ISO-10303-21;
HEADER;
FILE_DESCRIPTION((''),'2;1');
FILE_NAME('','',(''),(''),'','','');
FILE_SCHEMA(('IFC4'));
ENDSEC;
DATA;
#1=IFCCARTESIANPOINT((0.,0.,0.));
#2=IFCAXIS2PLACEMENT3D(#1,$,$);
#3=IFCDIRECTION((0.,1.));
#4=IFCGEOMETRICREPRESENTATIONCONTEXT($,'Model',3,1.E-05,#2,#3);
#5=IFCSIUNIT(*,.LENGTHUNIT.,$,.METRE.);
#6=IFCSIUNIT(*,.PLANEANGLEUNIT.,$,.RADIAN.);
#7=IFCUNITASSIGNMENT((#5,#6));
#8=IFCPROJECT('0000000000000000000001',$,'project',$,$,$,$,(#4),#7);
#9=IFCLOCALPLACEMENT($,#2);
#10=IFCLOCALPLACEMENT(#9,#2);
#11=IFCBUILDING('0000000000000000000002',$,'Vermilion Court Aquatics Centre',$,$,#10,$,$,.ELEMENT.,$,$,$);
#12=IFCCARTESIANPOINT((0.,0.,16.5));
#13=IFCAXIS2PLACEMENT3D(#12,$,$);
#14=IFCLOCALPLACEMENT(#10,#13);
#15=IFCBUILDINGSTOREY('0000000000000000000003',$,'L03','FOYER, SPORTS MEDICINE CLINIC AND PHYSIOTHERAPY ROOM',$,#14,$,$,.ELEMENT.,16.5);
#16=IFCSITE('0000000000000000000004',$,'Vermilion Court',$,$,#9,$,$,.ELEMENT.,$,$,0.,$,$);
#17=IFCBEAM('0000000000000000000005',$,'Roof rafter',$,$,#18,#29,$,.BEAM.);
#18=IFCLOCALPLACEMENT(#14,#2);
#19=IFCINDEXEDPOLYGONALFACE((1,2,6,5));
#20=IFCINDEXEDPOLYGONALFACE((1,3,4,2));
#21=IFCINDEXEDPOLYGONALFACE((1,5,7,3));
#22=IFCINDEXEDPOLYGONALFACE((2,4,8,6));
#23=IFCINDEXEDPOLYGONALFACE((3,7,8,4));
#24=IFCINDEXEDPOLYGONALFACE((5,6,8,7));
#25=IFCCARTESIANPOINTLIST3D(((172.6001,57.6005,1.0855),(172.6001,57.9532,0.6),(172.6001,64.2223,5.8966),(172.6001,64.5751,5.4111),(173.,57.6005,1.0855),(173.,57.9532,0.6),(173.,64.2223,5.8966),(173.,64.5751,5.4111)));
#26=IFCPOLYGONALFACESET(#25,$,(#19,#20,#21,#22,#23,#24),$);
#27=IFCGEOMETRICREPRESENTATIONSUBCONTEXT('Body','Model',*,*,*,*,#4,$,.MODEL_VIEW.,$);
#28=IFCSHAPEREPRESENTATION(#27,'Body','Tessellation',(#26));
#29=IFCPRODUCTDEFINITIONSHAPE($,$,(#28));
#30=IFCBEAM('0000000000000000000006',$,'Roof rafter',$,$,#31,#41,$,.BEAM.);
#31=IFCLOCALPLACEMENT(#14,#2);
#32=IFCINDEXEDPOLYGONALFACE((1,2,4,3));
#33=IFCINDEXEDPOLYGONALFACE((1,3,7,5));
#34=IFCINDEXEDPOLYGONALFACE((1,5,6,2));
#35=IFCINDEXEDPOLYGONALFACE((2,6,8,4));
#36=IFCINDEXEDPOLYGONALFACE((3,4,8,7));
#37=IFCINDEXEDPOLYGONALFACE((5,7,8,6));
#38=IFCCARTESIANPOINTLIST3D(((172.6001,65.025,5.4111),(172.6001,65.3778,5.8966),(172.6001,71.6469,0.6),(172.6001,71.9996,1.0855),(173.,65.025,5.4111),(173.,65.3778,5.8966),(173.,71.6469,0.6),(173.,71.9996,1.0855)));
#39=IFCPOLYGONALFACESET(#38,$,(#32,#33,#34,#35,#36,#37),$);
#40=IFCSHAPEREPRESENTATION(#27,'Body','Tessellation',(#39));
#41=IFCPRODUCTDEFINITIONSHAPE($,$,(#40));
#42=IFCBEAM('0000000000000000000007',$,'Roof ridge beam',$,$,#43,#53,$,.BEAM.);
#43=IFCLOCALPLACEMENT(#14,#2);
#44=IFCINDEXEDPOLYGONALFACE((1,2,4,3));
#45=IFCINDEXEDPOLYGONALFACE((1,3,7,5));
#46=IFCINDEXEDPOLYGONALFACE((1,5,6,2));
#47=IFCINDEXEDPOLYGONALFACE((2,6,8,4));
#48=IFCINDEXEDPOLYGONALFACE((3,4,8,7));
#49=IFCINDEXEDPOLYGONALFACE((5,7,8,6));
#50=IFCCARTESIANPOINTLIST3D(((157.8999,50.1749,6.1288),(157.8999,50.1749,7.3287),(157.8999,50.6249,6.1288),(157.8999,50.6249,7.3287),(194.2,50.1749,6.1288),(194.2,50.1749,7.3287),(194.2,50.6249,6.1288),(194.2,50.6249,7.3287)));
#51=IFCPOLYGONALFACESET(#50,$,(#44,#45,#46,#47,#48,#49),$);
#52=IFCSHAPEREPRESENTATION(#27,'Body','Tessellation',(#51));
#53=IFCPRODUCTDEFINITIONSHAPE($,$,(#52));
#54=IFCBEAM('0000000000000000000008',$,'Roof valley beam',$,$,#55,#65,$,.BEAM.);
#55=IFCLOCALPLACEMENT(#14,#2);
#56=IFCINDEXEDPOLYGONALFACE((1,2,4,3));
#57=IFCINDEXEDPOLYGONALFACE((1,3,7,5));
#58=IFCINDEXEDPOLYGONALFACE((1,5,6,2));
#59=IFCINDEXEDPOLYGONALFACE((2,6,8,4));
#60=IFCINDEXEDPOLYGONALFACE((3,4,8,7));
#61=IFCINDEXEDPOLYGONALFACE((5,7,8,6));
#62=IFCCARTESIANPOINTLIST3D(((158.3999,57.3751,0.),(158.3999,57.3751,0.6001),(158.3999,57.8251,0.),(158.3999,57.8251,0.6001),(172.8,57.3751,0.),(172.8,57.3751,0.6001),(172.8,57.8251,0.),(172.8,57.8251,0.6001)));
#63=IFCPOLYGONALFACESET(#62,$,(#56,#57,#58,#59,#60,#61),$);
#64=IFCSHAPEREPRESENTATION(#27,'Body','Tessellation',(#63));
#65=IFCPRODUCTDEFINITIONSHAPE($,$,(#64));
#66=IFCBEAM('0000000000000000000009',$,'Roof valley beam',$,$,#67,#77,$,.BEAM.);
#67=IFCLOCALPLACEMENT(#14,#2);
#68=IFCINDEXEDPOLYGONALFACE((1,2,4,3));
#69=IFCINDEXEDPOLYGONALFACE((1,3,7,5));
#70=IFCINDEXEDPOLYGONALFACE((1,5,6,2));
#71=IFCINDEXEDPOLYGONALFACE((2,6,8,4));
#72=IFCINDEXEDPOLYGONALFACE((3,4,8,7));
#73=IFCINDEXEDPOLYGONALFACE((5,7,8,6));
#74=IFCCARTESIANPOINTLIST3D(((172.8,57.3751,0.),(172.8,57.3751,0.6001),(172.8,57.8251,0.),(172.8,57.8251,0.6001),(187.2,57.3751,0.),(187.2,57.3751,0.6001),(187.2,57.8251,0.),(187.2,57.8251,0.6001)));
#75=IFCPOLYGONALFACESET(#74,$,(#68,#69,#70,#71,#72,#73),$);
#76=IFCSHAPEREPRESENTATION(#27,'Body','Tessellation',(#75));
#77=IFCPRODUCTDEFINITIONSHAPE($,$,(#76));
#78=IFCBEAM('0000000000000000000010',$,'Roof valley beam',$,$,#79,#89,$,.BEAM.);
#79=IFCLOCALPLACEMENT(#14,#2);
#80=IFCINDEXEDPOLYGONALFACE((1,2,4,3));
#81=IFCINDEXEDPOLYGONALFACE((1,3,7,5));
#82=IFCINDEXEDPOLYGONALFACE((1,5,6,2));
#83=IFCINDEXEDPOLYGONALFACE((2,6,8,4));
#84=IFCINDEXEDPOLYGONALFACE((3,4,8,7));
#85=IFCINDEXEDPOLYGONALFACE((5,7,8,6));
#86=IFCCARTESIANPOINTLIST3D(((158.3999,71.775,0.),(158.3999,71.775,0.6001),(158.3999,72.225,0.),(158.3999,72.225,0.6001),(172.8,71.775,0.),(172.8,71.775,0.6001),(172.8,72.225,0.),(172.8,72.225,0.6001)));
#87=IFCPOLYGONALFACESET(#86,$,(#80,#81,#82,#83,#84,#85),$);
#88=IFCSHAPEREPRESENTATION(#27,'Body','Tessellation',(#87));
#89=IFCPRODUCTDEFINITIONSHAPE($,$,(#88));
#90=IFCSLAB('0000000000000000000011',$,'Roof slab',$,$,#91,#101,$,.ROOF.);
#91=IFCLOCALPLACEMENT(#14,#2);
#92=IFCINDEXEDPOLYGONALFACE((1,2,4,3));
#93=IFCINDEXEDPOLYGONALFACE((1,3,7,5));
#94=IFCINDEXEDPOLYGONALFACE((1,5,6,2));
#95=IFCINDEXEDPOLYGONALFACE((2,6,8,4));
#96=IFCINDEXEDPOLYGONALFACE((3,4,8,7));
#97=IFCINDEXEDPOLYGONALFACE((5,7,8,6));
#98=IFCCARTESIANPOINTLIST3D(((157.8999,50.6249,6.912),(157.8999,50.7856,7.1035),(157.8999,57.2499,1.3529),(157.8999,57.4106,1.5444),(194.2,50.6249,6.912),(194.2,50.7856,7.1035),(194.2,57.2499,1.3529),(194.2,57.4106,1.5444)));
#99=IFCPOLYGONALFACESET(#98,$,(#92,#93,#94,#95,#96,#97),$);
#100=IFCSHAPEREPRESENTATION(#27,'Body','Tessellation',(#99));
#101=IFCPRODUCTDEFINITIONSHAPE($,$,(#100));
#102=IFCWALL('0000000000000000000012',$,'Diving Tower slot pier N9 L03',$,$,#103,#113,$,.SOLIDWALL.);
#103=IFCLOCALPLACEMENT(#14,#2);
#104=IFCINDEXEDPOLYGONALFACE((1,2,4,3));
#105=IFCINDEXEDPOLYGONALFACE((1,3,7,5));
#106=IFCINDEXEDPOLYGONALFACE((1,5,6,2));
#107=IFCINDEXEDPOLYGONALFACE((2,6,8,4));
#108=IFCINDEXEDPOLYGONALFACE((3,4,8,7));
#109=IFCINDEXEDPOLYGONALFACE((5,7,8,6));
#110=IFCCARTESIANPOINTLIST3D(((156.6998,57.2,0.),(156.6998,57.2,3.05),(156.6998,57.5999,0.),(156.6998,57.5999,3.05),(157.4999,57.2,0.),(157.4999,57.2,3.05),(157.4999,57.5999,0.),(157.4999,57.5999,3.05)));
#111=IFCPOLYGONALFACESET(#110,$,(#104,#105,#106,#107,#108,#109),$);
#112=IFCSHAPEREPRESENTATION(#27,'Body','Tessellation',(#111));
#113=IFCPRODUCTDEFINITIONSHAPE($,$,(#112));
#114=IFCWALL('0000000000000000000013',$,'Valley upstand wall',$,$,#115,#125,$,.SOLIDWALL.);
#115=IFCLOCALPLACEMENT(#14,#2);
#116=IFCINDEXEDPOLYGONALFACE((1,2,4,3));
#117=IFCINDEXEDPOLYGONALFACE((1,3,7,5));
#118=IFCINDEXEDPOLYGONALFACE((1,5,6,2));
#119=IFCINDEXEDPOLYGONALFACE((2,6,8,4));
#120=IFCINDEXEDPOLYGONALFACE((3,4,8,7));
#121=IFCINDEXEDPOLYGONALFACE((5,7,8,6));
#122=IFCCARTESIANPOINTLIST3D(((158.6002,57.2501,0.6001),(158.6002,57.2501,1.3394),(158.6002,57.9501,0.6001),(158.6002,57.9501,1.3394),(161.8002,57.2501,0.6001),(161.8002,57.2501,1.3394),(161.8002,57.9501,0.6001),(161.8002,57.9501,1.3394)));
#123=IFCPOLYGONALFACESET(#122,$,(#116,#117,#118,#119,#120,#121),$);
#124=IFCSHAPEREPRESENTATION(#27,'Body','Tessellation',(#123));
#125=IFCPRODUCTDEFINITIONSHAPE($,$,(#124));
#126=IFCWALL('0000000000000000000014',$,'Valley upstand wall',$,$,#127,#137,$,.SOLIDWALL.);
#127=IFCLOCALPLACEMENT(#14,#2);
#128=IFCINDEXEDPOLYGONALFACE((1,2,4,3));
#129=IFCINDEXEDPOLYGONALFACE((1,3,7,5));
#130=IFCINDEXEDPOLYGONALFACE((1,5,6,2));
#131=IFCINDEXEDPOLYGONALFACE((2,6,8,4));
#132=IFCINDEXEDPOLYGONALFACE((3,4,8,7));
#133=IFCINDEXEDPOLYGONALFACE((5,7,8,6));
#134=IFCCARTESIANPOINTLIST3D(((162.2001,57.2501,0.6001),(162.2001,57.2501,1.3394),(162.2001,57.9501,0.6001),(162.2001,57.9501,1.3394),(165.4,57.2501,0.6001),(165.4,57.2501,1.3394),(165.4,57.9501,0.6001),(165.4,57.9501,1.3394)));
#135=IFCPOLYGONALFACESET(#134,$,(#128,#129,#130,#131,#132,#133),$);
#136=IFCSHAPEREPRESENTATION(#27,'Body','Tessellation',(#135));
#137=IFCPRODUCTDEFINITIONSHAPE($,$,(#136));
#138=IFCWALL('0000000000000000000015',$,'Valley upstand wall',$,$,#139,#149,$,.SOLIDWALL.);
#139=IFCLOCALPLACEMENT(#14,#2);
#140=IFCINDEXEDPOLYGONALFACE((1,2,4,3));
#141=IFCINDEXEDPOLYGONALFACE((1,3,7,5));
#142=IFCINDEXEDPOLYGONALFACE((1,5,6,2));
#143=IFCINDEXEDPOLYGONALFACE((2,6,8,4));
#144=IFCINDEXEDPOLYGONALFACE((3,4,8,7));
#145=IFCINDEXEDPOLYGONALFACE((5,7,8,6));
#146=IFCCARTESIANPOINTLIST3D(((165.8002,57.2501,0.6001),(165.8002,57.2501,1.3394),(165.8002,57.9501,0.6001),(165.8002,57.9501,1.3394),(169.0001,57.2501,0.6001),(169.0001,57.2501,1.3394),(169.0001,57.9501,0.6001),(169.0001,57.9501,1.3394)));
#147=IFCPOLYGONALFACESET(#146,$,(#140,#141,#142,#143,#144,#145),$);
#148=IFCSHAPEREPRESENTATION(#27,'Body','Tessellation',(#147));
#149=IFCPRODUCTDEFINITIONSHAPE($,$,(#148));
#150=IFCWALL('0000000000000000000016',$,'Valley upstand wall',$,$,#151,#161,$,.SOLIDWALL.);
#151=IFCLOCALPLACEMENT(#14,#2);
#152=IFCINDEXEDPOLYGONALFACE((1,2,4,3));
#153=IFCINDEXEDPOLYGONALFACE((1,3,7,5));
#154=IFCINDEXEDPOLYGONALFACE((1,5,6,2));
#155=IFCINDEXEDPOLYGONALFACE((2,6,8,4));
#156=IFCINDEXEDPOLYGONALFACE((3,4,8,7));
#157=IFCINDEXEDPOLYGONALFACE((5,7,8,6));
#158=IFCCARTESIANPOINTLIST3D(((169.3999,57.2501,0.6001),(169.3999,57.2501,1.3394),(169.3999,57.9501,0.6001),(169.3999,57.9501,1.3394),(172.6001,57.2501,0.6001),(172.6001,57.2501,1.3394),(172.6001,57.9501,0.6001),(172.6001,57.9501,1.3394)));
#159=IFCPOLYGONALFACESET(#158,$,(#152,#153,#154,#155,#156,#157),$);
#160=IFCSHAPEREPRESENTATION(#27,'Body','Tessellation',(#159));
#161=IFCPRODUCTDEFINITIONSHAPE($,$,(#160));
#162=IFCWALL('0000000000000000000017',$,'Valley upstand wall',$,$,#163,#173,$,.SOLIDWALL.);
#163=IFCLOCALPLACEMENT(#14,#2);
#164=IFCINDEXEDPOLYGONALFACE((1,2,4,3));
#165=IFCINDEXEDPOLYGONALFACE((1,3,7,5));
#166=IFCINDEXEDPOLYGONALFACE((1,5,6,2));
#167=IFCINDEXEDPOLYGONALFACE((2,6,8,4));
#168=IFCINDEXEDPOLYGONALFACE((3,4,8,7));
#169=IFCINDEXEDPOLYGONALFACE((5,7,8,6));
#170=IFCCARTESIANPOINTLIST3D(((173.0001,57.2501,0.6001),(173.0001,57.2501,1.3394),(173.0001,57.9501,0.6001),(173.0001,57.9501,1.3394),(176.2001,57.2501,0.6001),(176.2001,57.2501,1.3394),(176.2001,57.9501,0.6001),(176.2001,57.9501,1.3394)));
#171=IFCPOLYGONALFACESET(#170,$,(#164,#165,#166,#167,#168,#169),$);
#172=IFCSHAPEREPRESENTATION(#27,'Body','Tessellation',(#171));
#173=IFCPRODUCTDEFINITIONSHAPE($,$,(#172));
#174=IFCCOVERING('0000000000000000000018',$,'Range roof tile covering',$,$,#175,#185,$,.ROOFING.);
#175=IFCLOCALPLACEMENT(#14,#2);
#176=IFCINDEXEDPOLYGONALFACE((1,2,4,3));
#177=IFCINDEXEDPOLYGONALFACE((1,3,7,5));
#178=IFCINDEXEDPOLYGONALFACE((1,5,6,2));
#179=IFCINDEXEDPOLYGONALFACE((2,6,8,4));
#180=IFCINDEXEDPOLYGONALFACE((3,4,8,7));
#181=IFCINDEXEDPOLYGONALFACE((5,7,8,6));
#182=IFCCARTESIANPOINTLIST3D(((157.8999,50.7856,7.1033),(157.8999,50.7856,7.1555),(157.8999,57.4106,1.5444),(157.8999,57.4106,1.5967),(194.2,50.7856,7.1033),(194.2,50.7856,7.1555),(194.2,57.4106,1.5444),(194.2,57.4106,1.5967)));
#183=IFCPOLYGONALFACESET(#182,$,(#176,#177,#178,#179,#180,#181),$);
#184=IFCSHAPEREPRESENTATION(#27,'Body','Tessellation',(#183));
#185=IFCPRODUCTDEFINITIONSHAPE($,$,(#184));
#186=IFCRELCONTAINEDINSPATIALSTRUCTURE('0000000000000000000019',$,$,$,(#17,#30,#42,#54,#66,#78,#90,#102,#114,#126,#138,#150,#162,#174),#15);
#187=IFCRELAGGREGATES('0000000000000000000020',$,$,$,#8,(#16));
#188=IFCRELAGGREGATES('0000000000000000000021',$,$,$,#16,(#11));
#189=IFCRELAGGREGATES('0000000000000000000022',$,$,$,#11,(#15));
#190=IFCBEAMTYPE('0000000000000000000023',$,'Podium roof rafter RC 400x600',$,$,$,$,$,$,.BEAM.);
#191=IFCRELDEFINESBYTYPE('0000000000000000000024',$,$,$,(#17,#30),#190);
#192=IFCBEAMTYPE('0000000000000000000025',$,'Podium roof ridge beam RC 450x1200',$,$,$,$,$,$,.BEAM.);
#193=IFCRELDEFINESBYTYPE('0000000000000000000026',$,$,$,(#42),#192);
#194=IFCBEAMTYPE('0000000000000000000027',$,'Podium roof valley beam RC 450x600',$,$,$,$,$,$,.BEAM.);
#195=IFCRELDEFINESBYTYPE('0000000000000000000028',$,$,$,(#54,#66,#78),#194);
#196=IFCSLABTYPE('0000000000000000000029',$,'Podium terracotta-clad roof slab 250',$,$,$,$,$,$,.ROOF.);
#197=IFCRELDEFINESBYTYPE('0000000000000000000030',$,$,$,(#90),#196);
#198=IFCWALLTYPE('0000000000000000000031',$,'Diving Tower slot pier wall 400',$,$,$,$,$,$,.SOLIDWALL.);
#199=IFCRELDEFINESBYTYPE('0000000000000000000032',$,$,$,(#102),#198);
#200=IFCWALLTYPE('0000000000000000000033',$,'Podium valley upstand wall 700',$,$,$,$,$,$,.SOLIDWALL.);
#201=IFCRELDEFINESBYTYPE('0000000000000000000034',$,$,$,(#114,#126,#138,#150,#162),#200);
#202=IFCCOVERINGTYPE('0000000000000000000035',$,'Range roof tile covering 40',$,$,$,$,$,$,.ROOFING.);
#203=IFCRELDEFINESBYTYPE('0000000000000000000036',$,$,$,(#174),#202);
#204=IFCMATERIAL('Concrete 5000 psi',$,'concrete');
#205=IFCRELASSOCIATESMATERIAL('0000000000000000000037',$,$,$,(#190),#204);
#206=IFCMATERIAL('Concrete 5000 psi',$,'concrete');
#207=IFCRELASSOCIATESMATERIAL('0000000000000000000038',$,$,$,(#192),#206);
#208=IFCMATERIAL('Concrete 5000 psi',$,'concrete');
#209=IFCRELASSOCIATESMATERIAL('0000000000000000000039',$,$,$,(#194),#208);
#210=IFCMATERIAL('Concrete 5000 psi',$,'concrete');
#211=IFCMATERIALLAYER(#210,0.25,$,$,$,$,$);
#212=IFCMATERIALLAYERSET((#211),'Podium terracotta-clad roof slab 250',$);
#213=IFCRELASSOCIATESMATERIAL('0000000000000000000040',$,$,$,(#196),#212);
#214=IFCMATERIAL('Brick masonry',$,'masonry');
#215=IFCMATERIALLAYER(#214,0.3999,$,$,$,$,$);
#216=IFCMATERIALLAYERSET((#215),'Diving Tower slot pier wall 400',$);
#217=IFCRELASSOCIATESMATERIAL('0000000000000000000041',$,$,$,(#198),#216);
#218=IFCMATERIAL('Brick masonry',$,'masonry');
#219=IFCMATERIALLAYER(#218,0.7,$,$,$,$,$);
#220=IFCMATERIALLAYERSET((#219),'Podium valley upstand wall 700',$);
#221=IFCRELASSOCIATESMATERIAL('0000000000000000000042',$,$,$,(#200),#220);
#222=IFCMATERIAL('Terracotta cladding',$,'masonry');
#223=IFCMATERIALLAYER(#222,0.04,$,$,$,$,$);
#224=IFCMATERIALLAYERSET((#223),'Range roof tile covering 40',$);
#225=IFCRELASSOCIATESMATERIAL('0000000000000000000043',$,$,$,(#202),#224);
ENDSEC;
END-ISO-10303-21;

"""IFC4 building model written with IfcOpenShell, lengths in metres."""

from ifc_helpers import new_model, si_unit, direction, frame, frame_2d, origin, origin_2d, place, context, subcontext, project, spatial, polyline, rectangle, outline, extrude, material, layer, layer_set, material_profile, profile_set, type_object, element, save


model = new_model("IFC4")

# Units and contexts
model_context = context("Model", 3, precision=1e-05, world=origin(), true_north=direction((0.0, 1.0)))
body_context = subcontext(model_context, "Body", "Model", "MODEL_VIEW")
ifc_project = project(units=[si_unit("LENGTHUNIT", "METRE"), si_unit("PLANEANGLEUNIT", "RADIAN")], contexts=[model_context])

# Site, building, storey
site_placement = place(None, origin())
site = spatial("IfcSite", under=ifc_project, at=site_placement, Name="Vermilion Court", CompositionType="ELEMENT", RefElevation=0.0)
building_placement = place(site_placement, origin())
building = spatial("IfcBuilding", under=site, at=building_placement, Name="Vermilion Court Aquatics Centre", CompositionType="ELEMENT")
storey_placement = place(building_placement, frame((0.0, 0.0, 16.5)))
storey = spatial("IfcBuildingStorey", under=building, at=storey_placement, Name="L03", Description="FOYER, SPORTS MEDICINE CLINIC AND PHYSIOTHERAPY ROOM", CompositionType="ELEMENT", Elevation=16.5)

# Beams
ifc_material_1 = material(Name="Concrete 5000 psi", Category="concrete")
ifc_material_profile_1 = material_profile(ifc_material_1, rectangle(XDim=0.3999, YDim=0.6001, at=origin_2d()), Name="RC 400x600")
ifc_profile_set_1 = profile_set([ifc_material_profile_1], Name="Concrete 5000 psi")
beam_type_1 = type_object("IfcBeamType", Name="Podium roof rafter RC 400x600", PredefinedType="BEAM", material=ifc_profile_set_1)
for number, where, z_axis, x_axis, name in (
    (1, (172.8, 57.7769, 0.8428), (0.0, 0.809017, 0.587785), (-1.0, 0.0, 0.0), "Roof rafter"),
    (2, (172.8, 71.8232, 0.8428), (0.0, -0.809017, 0.587785), (1.0, 0.0, 0.0), "Roof rafter"),
):
    element("IfcBeam", number, at=place(storey_placement, frame(where, z_axis=z_axis, x_axis=x_axis)), inside=storey, type_object=beam_type_1, Name=name, PredefinedType="BEAM", context=body_context, shape_type="SweptSolid", body=[
        extrude(rectangle(XDim=0.3999, YDim=0.6001, at=origin_2d()), origin(), (0.0, 0.0, 1.0), 8.1851),
    ])
ifc_material_2 = material(Name="Concrete 5000 psi", Category="concrete")
ifc_material_profile_2 = material_profile(ifc_material_2, rectangle(XDim=0.45, YDim=1.2, at=origin_2d()), Name="RC 450x1200")
ifc_profile_set_2 = profile_set([ifc_material_profile_2], Name="Concrete 5000 psi")
beam_type_2 = type_object("IfcBeamType", Name="Podium roof ridge beam RC 450x1200", PredefinedType="BEAM", material=ifc_profile_set_2)
beam_1_placement = place(storey_placement, frame((157.8999, 50.3999, 6.7288), z_axis=(1.0, 0.0, 0.0), x_axis=(0.0, 1.0, 0.0)))
element("IfcBeam", 3, at=beam_1_placement, inside=storey, type_object=beam_type_2, Name="Roof ridge beam", PredefinedType="BEAM", context=body_context, shape_type="SweptSolid", body=[
    extrude(rectangle(XDim=0.45, YDim=1.2, at=origin_2d()), origin(), (0.0, 0.0, 1.0), 36.3),
])
ifc_material_3 = material(Name="Concrete 5000 psi", Category="concrete")
ifc_material_profile_3 = material_profile(ifc_material_3, rectangle(XDim=0.45, YDim=0.6001, at=origin_2d()), Name="RC 450x600")
ifc_profile_set_3 = profile_set([ifc_material_profile_3], Name="Concrete 5000 psi")
beam_type_3 = type_object("IfcBeamType", Name="Podium roof valley beam RC 450x600", PredefinedType="BEAM", material=ifc_profile_set_3)
beam_2_placement = place(storey_placement, frame((158.3999, 57.6001, 0.3), z_axis=(1.0, 0.0, 0.0), x_axis=(0.0, 1.0, 0.0)))
element("IfcBeam", 4, at=beam_2_placement, inside=storey, type_object=beam_type_3, Name="Roof valley beam", PredefinedType="BEAM", context=body_context, shape_type="SweptSolid", body=[
    extrude(rectangle(XDim=0.45, YDim=0.6001, at=origin_2d()), origin(), (0.0, 0.0, 1.0), 14.4001),
])
beam_3_placement = place(storey_placement, frame((172.8, 57.6001, 0.3), z_axis=(1.0, 0.0, 0.0), x_axis=(0.0, 1.0, 0.0)))
element("IfcBeam", 5, at=beam_3_placement, inside=storey, type_object=beam_type_3, Name="Roof valley beam", PredefinedType="BEAM", context=body_context, shape_type="SweptSolid", body=[
    extrude(rectangle(XDim=0.45, YDim=0.6001, at=origin_2d()), origin(), (0.0, 0.0, 1.0), 14.3999),
])
beam_4_placement = place(storey_placement, frame((158.3999, 72.0, 0.3), z_axis=(1.0, 0.0, 0.0), x_axis=(0.0, 1.0, 0.0)))
element("IfcBeam", 6, at=beam_4_placement, inside=storey, type_object=beam_type_3, Name="Roof valley beam", PredefinedType="BEAM", context=body_context, shape_type="SweptSolid", body=[
    extrude(rectangle(XDim=0.45, YDim=0.6001, at=origin_2d()), origin(), (0.0, 0.0, 1.0), 14.4001),
])

# Slab
ifc_material_4 = material(Name="Concrete 5000 psi", Category="concrete")
ifc_layer_1 = layer(ifc_material_4, 0.25)
ifc_layer_set_1 = layer_set([ifc_layer_1], Name="Podium terracotta-clad roof slab 250")
slab_type = type_object("IfcSlabType", Name="Podium terracotta-clad roof slab 250", PredefinedType="ROOF", material=ifc_layer_set_1)
slab_placement = place(storey_placement, frame((157.8999, 57.4106, 1.5444), z_axis=(0.0, 0.642791, 0.766042), x_axis=(1.0, 0.0, 0.0)))
element("IfcSlab", 7, at=slab_placement, inside=storey, type_object=slab_type, Name="Roof slab", PredefinedType="ROOF", context=body_context, shape_type="SweptSolid", body=[
    extrude(outline(polyline([(0.0, 0.0), (36.3, 0.0), (36.3, -8.6484), (0.0, -8.6484), (0.0, 0.0)])), origin(), (0.0, 0.0, -1.0), 0.25),
])

# Walls
ifc_material_5 = material(Name="Brick masonry", Category="masonry")
ifc_layer_2 = layer(ifc_material_5, 0.3999)
ifc_layer_set_2 = layer_set([ifc_layer_2], Name="Diving Tower slot pier wall 400")
wall_type_1 = type_object("IfcWallType", Name="Diving Tower slot pier wall 400", PredefinedType="SOLIDWALL", material=ifc_layer_set_2)
wall_1_placement = place(storey_placement, frame((156.7, 57.3999, 0.0), z_axis=(0.0, 0.0, 1.0), x_axis=(1.0, 0.0, 0.0)))
element("IfcWall", 8, at=wall_1_placement, inside=storey, type_object=wall_type_1, Name="Diving Tower slot pier N9 L03", PredefinedType="SOLIDWALL", context=body_context, shape_type="SweptSolid", body=[
    extrude(rectangle(XDim=0.8, YDim=0.3999, at=frame_2d((0.3999, 0.0))), origin(), (0.0, 0.0, 1.0), 3.05),
])
ifc_material_6 = material(Name="Brick masonry", Category="masonry")
ifc_layer_3 = layer(ifc_material_6, 0.7)
ifc_layer_set_3 = layer_set([ifc_layer_3], Name="Podium valley upstand wall 700")
wall_type_2 = type_object("IfcWallType", Name="Podium valley upstand wall 700", PredefinedType="SOLIDWALL", material=ifc_layer_set_3)
for number, where, z_axis, x_axis, name in (
    (9, (158.6001, 57.6001, 0.6001), (0.0, 0.0, 1.0), (1.0, 0.0, 0.0), "Valley upstand wall"),
    (10, (162.2, 57.6001, 0.6001), (0.0, 0.0, 1.0), (1.0, 0.0, 0.0), "Valley upstand wall"),
    (11, (165.8, 57.6001, 0.6001), (0.0, 0.0, 1.0), (1.0, 0.0, 0.0), "Valley upstand wall"),
):
    element("IfcWall", number, at=place(storey_placement, frame(where, z_axis=z_axis, x_axis=x_axis)), inside=storey, type_object=wall_type_2, Name=name, PredefinedType="SOLIDWALL", context=body_context, shape_type="SweptSolid", body=[
        extrude(rectangle(XDim=3.2, YDim=0.7, at=frame_2d((1.6001, 0.0))), origin(), (0.0, 0.0, 1.0), 0.7393),
    ])
wall_2_placement = place(storey_placement, frame((169.3999, 57.6001, 0.6001), z_axis=(0.0, 0.0, 1.0), x_axis=(1.0, 0.0, 0.0)))
element("IfcWall", 12, at=wall_2_placement, inside=storey, type_object=wall_type_2, Name="Valley upstand wall", PredefinedType="SOLIDWALL", context=body_context, shape_type="SweptSolid", body=[
    extrude(rectangle(XDim=3.2002, YDim=0.7, at=frame_2d((1.6001, 0.0))), origin(), (0.0, 0.0, 1.0), 0.7393),
])
wall_3_placement = place(storey_placement, frame((173.0, 57.6001, 0.6001), z_axis=(0.0, 0.0, 1.0), x_axis=(1.0, 0.0, 0.0)))
element("IfcWall", 13, at=wall_3_placement, inside=storey, type_object=wall_type_2, Name="Valley upstand wall", PredefinedType="SOLIDWALL", context=body_context, shape_type="SweptSolid", body=[
    extrude(rectangle(XDim=3.2, YDim=0.7, at=frame_2d((1.6001, 0.0))), origin(), (0.0, 0.0, 1.0), 0.7393),
])

# Covering
ifc_material_7 = material(Name="Terracotta cladding", Category="masonry")
ifc_layer_4 = layer(ifc_material_7, 0.04)
ifc_layer_set_4 = layer_set([ifc_layer_4], Name="Range roof tile covering 40")
covering_type = type_object("IfcCoveringType", Name="Range roof tile covering 40", PredefinedType="ROOFING", material=ifc_layer_set_4)
covering_placement = place(storey_placement, frame((157.8999, 57.4106, 1.5967), z_axis=(0.0, 0.642774, 0.766056), x_axis=(1.0, 0.0, 0.0)))
element("IfcCovering", 14, at=covering_placement, inside=storey, type_object=covering_type, Name="Range roof tile covering", PredefinedType="ROOFING", context=body_context, shape_type="SweptSolid", body=[
    extrude(outline(polyline([(0.0, 0.0), (36.3, 0.0), (36.3, -8.6482), (0.0, -8.6482), (0.0, 0.0)])), origin(), (0.0, 0.642774, -0.766056), 0.0522),
])

save(model, "model.ifc")
